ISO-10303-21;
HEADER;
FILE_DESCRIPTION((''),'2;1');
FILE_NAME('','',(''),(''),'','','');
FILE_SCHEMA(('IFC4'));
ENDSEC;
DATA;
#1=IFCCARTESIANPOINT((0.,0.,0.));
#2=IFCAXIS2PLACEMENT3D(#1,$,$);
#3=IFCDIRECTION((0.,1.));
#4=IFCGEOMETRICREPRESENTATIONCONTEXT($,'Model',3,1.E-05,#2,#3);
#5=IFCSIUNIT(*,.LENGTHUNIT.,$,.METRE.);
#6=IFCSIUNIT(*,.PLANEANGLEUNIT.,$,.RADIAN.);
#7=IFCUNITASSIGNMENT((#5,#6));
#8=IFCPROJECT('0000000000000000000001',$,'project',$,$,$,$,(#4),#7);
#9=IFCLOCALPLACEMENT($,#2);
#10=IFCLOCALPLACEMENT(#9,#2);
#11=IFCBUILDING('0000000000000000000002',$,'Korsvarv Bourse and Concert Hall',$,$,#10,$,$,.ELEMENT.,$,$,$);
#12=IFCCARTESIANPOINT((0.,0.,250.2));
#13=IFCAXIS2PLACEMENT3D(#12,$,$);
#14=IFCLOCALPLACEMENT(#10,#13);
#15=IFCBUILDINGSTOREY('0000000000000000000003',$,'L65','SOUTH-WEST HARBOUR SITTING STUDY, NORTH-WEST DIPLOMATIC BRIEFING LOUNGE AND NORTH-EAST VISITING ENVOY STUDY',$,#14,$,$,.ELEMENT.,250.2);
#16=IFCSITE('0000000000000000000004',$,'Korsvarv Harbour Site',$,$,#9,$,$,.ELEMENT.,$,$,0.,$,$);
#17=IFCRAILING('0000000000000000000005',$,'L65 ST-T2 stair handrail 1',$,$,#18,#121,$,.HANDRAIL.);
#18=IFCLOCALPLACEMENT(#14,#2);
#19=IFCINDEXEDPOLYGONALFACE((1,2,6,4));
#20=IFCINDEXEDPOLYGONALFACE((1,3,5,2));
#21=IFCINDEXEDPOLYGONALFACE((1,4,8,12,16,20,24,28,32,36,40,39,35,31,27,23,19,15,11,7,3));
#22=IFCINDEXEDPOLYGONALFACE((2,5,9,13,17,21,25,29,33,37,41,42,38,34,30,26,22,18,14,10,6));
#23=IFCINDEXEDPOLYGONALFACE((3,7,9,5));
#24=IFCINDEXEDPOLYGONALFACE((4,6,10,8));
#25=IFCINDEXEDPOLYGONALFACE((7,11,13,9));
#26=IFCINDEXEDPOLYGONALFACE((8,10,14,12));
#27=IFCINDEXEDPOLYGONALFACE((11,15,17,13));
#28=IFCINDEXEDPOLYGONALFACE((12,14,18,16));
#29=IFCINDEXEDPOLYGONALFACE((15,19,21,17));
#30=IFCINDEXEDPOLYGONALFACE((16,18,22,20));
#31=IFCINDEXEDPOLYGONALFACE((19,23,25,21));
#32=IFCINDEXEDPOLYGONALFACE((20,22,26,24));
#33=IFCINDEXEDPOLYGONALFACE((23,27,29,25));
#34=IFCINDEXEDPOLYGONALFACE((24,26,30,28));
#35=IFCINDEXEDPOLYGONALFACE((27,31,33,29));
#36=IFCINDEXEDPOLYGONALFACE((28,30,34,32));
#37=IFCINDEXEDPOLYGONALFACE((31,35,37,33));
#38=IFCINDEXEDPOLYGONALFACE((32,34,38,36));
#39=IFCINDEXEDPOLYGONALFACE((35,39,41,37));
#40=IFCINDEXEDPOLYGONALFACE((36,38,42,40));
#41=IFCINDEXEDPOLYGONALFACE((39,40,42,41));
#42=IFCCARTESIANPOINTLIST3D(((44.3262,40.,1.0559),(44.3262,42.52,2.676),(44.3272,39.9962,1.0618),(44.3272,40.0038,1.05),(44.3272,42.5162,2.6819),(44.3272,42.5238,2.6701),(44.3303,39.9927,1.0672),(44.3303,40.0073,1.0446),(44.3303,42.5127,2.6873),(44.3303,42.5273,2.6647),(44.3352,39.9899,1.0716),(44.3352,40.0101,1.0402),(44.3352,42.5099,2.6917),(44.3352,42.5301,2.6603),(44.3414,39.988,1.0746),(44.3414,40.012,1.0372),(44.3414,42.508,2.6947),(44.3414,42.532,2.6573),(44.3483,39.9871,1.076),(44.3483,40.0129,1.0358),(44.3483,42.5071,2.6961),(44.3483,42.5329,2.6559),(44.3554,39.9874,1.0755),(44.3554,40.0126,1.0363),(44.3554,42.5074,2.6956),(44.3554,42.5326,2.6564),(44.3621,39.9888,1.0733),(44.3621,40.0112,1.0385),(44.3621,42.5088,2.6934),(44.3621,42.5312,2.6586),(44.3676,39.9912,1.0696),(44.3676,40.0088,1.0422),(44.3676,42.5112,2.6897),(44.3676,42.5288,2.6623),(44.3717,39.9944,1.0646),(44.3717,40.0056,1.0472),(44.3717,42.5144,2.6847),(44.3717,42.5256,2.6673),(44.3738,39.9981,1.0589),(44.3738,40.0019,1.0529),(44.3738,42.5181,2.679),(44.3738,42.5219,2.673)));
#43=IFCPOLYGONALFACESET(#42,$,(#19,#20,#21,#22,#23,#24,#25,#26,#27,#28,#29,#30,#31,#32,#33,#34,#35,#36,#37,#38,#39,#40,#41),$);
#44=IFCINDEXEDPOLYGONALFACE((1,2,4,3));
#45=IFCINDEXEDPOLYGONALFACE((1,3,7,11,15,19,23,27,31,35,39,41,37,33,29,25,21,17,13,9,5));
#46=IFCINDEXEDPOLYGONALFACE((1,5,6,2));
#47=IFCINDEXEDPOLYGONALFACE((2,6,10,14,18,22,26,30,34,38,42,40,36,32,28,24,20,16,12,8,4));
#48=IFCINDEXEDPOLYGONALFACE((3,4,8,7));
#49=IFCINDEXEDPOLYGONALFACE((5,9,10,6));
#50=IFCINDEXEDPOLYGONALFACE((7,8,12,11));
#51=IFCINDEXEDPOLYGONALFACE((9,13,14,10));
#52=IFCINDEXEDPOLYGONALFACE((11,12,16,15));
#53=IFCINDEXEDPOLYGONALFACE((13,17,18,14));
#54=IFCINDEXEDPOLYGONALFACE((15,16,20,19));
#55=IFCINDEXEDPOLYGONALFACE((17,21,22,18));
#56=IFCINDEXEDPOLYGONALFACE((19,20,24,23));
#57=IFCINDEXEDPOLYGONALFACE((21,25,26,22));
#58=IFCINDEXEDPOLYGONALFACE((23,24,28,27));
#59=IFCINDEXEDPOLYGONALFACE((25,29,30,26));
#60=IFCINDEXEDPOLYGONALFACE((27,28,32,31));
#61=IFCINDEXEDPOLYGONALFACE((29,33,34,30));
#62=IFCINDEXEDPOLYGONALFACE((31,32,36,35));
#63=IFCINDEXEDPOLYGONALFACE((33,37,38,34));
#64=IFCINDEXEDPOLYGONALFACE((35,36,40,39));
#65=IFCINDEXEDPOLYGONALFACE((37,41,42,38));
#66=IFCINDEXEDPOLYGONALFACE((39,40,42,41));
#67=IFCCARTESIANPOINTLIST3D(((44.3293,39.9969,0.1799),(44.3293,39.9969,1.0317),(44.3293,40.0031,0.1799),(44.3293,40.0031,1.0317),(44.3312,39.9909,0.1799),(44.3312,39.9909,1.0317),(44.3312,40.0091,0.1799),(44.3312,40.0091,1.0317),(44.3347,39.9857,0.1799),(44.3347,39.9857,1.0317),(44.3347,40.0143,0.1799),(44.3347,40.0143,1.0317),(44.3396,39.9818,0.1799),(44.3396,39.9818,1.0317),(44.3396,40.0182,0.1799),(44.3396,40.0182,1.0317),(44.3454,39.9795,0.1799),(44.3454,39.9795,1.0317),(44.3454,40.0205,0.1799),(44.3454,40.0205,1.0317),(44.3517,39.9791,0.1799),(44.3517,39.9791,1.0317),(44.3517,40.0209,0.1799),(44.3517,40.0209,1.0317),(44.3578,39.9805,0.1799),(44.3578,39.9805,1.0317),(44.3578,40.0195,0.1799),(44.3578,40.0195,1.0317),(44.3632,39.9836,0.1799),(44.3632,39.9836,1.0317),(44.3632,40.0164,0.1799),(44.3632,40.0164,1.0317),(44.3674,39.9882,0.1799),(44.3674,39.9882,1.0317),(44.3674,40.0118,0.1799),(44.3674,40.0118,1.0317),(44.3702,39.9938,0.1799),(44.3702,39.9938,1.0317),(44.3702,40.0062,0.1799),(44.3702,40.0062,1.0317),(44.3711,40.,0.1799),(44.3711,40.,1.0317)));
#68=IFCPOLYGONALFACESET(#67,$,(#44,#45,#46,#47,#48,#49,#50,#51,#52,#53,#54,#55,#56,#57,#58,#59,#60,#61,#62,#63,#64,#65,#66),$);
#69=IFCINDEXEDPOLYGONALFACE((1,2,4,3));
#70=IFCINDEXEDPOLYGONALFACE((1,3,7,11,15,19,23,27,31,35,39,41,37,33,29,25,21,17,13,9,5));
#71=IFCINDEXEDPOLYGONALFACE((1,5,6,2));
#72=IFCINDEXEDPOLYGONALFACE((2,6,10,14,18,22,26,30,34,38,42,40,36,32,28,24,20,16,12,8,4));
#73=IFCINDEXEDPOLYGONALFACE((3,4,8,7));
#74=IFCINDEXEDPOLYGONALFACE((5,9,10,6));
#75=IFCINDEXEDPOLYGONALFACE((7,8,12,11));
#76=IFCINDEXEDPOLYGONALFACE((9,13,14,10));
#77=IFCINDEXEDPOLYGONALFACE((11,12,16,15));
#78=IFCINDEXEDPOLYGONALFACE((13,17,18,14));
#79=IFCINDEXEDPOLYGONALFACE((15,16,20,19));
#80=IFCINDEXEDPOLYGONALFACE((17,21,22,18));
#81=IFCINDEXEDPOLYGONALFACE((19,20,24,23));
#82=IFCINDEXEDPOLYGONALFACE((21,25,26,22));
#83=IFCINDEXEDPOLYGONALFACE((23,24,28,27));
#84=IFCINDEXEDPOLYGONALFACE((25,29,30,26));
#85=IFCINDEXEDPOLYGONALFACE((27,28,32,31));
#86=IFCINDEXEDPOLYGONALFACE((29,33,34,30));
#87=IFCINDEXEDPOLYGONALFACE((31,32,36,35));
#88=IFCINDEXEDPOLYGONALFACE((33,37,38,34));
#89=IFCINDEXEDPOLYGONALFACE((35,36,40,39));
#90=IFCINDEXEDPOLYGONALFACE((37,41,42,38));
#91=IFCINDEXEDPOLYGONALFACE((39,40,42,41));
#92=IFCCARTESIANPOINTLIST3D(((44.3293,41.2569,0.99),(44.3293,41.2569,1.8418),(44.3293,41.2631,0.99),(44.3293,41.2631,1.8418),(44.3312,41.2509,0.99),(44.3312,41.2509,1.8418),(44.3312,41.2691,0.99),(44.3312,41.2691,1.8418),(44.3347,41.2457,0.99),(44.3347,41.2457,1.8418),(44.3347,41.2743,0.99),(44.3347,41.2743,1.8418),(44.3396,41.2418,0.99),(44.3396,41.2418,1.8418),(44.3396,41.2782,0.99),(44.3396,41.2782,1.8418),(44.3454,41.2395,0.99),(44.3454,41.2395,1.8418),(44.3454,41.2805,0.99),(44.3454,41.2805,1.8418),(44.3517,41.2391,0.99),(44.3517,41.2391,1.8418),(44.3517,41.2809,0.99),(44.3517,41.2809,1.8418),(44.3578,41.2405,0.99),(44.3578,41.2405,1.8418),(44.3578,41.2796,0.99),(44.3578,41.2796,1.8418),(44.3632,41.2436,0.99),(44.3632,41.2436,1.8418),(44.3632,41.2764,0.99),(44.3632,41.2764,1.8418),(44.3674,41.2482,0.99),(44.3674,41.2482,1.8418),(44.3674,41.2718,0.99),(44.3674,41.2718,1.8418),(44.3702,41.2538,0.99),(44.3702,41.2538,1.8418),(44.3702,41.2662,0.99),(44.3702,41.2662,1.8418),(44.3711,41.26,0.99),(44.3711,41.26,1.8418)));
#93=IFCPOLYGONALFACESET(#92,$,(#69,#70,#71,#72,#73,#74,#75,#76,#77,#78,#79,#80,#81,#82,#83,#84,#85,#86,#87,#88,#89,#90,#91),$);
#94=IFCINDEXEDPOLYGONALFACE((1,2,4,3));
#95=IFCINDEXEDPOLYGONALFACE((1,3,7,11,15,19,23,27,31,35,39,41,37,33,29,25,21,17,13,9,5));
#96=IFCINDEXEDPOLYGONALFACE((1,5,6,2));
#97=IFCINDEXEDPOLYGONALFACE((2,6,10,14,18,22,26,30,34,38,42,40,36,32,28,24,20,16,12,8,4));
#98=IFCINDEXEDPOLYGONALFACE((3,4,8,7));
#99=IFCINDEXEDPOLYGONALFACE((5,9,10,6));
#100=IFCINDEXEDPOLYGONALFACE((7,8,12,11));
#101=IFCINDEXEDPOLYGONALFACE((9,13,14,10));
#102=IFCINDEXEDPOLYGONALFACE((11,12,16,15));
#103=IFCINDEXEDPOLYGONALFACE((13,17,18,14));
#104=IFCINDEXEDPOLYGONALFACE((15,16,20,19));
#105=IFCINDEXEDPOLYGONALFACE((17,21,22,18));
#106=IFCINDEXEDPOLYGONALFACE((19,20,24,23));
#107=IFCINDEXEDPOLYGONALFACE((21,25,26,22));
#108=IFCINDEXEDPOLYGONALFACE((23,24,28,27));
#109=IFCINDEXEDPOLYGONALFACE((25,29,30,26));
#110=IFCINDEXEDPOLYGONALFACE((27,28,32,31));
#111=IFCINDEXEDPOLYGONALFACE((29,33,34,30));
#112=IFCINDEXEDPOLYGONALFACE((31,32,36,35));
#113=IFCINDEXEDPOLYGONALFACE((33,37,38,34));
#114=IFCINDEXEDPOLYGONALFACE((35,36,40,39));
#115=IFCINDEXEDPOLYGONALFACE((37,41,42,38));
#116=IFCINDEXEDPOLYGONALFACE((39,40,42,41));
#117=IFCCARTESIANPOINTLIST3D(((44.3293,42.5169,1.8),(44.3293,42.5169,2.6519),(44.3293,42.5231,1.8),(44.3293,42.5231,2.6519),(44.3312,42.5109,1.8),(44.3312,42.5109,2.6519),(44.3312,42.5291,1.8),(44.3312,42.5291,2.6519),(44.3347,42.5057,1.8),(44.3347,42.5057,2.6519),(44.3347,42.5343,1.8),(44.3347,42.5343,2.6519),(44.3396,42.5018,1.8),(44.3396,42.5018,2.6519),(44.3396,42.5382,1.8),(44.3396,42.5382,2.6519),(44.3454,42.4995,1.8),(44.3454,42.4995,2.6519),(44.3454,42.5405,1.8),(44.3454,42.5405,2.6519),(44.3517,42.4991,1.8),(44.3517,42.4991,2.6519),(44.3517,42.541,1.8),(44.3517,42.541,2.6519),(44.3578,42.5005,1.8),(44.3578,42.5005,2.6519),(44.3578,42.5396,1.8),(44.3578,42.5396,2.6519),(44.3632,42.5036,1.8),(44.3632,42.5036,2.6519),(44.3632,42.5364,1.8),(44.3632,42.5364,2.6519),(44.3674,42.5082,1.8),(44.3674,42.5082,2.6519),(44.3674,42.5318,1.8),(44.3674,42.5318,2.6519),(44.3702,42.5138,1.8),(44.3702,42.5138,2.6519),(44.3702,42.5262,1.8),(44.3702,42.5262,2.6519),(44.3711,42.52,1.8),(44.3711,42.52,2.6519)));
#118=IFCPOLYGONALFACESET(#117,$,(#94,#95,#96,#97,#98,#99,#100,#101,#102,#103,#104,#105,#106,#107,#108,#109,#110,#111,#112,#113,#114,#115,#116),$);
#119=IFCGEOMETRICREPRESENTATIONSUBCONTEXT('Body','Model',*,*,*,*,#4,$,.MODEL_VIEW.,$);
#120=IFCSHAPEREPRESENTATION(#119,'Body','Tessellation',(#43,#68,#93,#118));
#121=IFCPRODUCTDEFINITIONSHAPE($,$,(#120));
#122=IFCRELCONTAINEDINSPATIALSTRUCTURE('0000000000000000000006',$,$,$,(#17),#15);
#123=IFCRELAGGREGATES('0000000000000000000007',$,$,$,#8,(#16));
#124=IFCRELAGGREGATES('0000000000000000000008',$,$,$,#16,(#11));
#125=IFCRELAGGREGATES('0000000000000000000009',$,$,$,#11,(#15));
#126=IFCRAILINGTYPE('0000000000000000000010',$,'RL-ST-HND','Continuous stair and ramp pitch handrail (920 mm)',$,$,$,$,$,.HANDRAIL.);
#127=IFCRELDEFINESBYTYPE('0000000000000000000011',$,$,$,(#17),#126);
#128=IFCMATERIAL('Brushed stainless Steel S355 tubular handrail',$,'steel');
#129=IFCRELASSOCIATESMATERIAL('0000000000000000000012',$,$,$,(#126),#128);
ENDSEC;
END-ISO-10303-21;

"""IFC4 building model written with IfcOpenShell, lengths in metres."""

from ifc_helpers import new_model, si_unit, direction, frame, origin, origin_2d, place, context, subcontext, project, spatial, circle, extrude, material, type_object, element, save


model = new_model("IFC4")

# Units and contexts
model_context = context("Model", 3, precision=1e-05, world=origin(), true_north=direction((0.0, 1.0)))
body_context = subcontext(model_context, "Body", "Model", "MODEL_VIEW")
ifc_project = project(units=[si_unit("LENGTHUNIT", "METRE"), si_unit("PLANEANGLEUNIT", "RADIAN")], contexts=[model_context])

# Site, building, storey
site_placement = place(None, origin())
site = spatial("IfcSite", under=ifc_project, at=site_placement, Name="Korsvarv Harbour Site", CompositionType="ELEMENT", RefElevation=0.0)
building_placement = place(site_placement, origin())
building = spatial("IfcBuilding", under=site, at=building_placement, Name="Korsvarv Bourse and Concert Hall", CompositionType="ELEMENT")
storey_placement = place(building_placement, frame((0.0, 0.0, 250.2)))
storey = spatial("IfcBuildingStorey", under=building, at=storey_placement, Name="L65", Description="SOUTH-WEST HARBOUR SITTING STUDY, NORTH-WEST DIPLOMATIC BRIEFING LOUNGE AND NORTH-EAST VISITING ENVOY STUDY", CompositionType="ELEMENT", Elevation=250.2)

# Railing
ifc_material_1 = material(Name="Brushed stainless Steel S355 tubular handrail", Category="steel")
railing_type_1 = type_object("IfcRailingType", Name="RL-ST-HND", Description="Continuous stair and ramp pitch handrail (920 mm)", PredefinedType="HANDRAIL", material=ifc_material_1)
railing_1_placement = place(storey_placement, frame((44.3501, 40.0, 0.1799)))
element("IfcRailing", 1, at=railing_1_placement, inside=storey, type_object=railing_type_1, Name="L65 ST-T2 stair handrail 1", PredefinedType="HANDRAIL", context=body_context, shape_type="SweptSolid", body=[
    extrude(circle(Radius=0.0239, at=origin_2d()), frame((0.0, 0.0, 0.876), z_axis=(0.0, 0.841163, 0.540782), x_axis=(-1.0, 0.0, 0.0)), (0.0, 0.0, 1.0), 2.9958),
    extrude(circle(Radius=0.021, at=origin_2d()), origin(), (0.0, 0.0, 1.0), 0.8518),
    extrude(circle(Radius=0.021, at=origin_2d()), frame((0.0, 1.26, 0.8101)), (0.0, 0.0, 1.0), 0.8518),
    extrude(circle(Radius=0.021, at=origin_2d()), frame((0.0, 2.52, 1.6201)), (0.0, 0.0, 1.0), 0.8518),
])

save(model, "model.ifc")
